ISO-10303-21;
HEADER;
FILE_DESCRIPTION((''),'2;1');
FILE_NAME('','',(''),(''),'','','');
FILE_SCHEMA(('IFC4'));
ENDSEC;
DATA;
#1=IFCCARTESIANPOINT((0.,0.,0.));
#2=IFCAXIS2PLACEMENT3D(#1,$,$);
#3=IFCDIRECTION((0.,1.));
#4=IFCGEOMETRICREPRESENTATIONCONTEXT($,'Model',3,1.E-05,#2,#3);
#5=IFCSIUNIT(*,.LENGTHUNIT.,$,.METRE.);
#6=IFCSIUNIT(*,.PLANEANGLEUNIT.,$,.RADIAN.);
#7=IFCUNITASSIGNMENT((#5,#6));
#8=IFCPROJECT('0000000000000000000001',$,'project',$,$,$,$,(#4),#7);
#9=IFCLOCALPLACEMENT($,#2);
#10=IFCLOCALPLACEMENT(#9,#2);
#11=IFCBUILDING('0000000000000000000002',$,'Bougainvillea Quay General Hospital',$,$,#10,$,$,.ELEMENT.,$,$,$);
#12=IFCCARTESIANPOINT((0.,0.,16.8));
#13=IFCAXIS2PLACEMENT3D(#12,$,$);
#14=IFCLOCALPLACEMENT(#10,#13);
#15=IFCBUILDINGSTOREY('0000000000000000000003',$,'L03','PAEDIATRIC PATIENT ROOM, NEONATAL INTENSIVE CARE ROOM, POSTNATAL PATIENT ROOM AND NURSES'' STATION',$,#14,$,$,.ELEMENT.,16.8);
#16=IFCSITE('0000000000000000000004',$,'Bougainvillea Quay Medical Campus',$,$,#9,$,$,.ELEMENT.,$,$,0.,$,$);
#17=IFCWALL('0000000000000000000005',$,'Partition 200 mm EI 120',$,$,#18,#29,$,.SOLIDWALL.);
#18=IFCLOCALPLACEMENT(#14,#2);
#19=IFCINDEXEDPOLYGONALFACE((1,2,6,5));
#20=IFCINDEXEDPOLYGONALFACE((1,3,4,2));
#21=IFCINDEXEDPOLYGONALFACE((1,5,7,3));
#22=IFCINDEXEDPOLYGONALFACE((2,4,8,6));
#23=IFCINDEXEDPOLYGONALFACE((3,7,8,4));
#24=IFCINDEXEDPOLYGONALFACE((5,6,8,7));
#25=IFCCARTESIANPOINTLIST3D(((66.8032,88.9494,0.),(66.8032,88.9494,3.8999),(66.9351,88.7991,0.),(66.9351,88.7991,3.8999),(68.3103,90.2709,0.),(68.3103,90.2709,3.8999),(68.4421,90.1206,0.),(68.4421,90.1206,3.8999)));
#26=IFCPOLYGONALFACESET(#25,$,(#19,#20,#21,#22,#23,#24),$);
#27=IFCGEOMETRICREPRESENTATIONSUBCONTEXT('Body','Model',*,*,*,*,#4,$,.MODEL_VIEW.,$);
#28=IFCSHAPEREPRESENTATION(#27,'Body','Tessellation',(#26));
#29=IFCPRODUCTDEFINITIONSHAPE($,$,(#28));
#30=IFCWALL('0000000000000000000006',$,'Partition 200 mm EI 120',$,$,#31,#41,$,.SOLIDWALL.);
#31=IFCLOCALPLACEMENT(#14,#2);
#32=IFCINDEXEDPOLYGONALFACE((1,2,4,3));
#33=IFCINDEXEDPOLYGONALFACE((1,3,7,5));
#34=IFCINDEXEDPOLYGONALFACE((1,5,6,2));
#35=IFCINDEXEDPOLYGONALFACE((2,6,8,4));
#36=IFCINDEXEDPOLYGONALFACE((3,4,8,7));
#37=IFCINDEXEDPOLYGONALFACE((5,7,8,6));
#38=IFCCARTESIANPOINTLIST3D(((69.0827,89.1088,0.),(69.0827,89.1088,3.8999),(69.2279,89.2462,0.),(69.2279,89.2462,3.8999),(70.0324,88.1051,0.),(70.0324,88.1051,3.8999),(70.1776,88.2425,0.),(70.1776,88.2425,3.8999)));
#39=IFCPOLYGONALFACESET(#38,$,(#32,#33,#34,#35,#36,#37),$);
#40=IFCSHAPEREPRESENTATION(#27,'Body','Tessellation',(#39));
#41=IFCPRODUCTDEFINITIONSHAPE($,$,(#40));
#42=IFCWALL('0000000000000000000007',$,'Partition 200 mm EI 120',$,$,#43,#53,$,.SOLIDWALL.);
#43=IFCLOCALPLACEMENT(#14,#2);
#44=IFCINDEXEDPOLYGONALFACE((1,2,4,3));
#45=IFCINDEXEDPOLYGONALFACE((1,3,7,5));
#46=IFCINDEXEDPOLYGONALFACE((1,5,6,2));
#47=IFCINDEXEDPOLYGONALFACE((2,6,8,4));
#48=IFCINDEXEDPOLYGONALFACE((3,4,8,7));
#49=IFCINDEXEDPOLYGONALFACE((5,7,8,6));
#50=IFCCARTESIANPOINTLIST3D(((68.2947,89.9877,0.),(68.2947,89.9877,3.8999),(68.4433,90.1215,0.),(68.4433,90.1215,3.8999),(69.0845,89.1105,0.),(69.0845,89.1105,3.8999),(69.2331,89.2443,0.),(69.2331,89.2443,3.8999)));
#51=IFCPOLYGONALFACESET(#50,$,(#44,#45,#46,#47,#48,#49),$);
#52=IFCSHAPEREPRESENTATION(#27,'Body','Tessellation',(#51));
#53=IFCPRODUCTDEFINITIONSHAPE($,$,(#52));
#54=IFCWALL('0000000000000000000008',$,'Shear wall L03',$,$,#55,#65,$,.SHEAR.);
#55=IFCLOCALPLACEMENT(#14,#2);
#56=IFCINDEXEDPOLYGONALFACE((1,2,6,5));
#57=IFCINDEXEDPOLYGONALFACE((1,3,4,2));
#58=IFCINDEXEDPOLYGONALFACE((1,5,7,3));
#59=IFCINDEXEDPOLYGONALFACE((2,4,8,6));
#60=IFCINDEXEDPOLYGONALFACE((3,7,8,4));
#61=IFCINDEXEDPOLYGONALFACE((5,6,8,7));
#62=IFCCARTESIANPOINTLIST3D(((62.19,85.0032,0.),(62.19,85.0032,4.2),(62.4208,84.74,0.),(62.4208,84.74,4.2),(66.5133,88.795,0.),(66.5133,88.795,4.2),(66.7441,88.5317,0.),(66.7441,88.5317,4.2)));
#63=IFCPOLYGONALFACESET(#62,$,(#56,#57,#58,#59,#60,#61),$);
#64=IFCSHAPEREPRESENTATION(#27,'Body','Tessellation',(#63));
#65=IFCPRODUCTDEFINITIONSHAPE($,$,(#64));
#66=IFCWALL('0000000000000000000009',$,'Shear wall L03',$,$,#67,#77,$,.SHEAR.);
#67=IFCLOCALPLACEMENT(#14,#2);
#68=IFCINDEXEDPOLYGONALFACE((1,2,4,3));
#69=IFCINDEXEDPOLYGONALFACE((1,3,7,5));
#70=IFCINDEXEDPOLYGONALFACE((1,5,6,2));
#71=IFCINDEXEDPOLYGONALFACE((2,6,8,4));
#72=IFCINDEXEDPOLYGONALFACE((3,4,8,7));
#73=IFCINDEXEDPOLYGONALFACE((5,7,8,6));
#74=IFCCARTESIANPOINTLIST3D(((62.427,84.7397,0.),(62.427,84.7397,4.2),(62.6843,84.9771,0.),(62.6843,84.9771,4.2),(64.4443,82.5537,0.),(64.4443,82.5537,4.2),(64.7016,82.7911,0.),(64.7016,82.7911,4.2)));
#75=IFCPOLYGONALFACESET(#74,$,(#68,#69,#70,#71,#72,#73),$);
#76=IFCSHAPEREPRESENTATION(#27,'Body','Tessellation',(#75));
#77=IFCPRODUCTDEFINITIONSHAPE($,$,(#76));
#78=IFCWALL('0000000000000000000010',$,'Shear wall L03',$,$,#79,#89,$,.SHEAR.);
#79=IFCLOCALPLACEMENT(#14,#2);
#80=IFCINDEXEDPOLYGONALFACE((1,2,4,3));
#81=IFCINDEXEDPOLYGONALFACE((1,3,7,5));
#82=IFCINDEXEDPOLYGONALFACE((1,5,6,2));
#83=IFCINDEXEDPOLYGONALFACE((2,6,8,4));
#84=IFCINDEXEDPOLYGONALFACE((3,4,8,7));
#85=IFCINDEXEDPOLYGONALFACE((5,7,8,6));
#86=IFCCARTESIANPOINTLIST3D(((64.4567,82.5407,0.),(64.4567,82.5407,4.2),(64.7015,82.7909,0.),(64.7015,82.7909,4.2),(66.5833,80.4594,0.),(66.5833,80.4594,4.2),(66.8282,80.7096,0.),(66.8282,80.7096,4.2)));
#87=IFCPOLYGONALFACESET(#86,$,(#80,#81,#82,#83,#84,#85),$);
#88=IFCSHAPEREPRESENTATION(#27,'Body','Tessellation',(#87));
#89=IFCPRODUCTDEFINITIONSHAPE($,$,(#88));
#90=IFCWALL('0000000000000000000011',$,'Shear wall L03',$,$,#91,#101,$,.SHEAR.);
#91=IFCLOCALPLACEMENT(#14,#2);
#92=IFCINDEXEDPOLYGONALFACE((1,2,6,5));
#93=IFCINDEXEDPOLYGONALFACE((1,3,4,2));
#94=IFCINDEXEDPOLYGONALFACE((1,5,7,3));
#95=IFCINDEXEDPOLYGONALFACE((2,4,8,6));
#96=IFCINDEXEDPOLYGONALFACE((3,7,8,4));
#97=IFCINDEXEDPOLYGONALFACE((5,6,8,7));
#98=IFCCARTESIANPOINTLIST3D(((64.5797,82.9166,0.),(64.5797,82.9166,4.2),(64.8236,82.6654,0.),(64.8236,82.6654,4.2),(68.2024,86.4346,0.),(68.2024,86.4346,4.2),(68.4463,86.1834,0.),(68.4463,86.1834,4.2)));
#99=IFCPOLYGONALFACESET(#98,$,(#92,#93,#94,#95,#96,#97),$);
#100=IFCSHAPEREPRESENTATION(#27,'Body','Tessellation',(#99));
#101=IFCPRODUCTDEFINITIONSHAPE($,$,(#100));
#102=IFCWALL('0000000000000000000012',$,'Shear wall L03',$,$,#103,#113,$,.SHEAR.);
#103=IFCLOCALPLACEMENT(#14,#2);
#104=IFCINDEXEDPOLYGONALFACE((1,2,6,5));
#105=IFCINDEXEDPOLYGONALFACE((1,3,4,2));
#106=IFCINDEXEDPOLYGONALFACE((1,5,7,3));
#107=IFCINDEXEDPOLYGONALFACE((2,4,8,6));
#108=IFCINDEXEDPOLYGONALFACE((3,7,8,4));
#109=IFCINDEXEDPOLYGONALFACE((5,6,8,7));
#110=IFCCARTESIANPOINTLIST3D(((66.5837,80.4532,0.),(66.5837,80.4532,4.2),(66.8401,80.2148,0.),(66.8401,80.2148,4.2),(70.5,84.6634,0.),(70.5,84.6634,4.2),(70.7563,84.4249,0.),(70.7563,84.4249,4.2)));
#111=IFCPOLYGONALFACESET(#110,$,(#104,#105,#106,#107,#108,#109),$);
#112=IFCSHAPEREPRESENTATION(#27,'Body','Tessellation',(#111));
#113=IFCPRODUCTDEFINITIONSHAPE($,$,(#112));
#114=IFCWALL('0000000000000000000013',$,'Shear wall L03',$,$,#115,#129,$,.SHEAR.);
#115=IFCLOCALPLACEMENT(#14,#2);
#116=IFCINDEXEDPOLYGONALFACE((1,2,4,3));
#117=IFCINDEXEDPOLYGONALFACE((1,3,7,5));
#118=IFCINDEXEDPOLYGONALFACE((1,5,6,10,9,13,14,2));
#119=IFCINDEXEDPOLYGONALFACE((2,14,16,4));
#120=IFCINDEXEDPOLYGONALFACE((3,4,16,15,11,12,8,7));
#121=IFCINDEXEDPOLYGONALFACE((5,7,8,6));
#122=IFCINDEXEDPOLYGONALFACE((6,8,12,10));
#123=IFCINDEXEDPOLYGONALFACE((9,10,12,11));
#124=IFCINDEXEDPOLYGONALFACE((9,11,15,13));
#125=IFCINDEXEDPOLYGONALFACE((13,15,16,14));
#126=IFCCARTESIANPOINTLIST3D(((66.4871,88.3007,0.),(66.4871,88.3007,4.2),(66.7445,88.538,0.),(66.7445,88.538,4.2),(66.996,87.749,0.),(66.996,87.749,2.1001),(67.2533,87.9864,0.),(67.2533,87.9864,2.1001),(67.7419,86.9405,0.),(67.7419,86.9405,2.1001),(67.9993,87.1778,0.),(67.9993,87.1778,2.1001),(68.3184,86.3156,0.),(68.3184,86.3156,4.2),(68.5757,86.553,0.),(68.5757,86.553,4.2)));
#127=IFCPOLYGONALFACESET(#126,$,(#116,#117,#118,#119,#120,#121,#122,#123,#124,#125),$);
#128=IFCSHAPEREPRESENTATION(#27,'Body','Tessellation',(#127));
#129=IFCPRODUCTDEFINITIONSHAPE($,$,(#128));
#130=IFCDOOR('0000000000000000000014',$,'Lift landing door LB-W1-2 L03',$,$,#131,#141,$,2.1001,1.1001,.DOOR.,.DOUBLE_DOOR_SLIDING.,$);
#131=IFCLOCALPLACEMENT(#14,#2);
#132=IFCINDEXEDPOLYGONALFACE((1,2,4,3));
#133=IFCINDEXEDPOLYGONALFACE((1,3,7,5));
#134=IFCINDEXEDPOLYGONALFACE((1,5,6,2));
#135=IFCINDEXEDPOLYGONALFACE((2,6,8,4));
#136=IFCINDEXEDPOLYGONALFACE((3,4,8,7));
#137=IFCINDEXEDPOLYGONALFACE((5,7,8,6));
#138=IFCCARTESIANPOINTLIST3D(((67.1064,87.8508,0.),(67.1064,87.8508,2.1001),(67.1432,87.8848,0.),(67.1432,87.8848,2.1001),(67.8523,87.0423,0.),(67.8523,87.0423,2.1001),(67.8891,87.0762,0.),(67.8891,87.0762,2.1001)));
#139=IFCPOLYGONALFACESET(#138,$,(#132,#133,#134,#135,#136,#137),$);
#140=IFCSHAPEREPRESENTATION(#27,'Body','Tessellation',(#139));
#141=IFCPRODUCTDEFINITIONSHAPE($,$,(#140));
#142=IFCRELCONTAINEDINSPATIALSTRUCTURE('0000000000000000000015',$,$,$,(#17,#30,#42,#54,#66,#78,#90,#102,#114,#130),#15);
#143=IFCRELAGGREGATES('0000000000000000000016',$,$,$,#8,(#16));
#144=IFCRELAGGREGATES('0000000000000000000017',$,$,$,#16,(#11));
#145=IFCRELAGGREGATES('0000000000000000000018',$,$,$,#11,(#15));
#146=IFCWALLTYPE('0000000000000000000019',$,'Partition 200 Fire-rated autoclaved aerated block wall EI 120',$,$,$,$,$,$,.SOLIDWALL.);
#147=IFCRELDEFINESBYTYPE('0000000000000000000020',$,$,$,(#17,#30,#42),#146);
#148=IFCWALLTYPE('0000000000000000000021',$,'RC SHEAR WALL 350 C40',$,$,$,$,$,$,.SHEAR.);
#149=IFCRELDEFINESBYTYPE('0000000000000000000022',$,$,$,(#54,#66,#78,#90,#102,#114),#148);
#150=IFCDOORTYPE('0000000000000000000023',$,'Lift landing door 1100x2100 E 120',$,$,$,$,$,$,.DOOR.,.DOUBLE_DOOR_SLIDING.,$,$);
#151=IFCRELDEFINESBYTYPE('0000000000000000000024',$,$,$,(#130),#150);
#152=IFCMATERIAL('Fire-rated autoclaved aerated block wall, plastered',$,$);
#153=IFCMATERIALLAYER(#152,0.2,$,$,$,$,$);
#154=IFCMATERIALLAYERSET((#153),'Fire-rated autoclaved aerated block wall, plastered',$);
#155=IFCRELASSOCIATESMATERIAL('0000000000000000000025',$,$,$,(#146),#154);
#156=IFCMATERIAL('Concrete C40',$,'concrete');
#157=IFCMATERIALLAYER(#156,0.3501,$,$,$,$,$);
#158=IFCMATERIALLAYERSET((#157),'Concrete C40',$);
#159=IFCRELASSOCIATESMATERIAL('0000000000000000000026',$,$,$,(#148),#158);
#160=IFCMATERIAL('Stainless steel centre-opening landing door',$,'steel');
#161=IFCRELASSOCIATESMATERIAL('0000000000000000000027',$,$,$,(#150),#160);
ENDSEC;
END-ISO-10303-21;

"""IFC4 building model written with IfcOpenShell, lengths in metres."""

from ifc_helpers import new_model, si_unit, direction, frame, frame_2d, origin, place, context, subcontext, project, spatial, rectangle, extrude, material, layer, layer_set, type_object, element, fill, save


model = new_model("IFC4")

# Units and contexts
model_context = context("Model", 3, precision=1e-05, world=origin(), true_north=direction((0.0, 1.0)))
body_context = subcontext(model_context, "Body", "Model", "MODEL_VIEW")
ifc_project = project(units=[si_unit("LENGTHUNIT", "METRE"), si_unit("PLANEANGLEUNIT", "RADIAN")], contexts=[model_context])

# Site, building, storey
site_placement = place(None, origin())
site = spatial("IfcSite", under=ifc_project, at=site_placement, Name="Bougainvillea Quay Medical Campus", CompositionType="ELEMENT", RefElevation=0.0)
building_placement = place(site_placement, origin())
building = spatial("IfcBuilding", under=site, at=building_placement, Name="Bougainvillea Quay General Hospital", CompositionType="ELEMENT")
storey_placement = place(building_placement, frame((0.0, 0.0, 16.8)))
storey = spatial("IfcBuildingStorey", under=building, at=storey_placement, Name="L03", Description="PAEDIATRIC PATIENT ROOM, NEONATAL INTENSIVE CARE ROOM, POSTNATAL PATIENT ROOM AND NURSES' STATION", CompositionType="ELEMENT", Elevation=16.8)

# Shared definitions
ifc_material_1 = material(Name="Concrete C40", Category="concrete")

# Walls
ifc_material_2 = material(Name="Fire-rated autoclaved aerated block wall, plastered")
ifc_layer_1 = layer(ifc_material_2, 0.2)
ifc_layer_set_1 = layer_set([ifc_layer_1], Name="Fire-rated autoclaved aerated block wall, plastered")
wall_type_1 = type_object("IfcWallType", Name="Partition 200 Fire-rated autoclaved aerated block wall EI 120", PredefinedType="SOLIDWALL", material=ifc_layer_set_1)
wall_1_placement = place(storey_placement, frame((66.8691, 88.8743, 0.0), z_axis=(0.0, 0.0, 1.0), x_axis=(0.751875, 0.659306, 0.0)))
element("IfcWall", 1, at=wall_1_placement, inside=storey, type_object=wall_type_1, Name="Partition 200 mm EI 120", PredefinedType="SOLIDWALL", context=body_context, shape_type="SweptSolid", body=[
    extrude(rectangle(XDim=2.0044, YDim=0.2, at=frame_2d((1.0022, 0.0))), origin(), (0.0, 0.0, 1.0), 3.8999),
])
wall_2_placement = place(storey_placement, frame((69.1553, 89.1775, 0.0), z_axis=(0.0, 0.0, 1.0), x_axis=(0.687313, -0.726361, 0.0)))
element("IfcWall", 2, at=wall_2_placement, inside=storey, type_object=wall_type_1, Name="Partition 200 mm EI 120", PredefinedType="SOLIDWALL", context=body_context, shape_type="SweptSolid", body=[
    extrude(rectangle(XDim=1.3818, YDim=0.2, at=frame_2d((0.6909, 0.0))), origin(), (0.0, 0.0, 1.0), 3.8999),
])
wall_3_placement = place(storey_placement, frame((68.3689, 90.0547, 0.0), z_axis=(0.0, 0.0, 1.0), x_axis=(0.669113, -0.74316, 0.0)))
element("IfcWall", 3, at=wall_3_placement, inside=storey, type_object=wall_type_1, Name="Partition 200 mm EI 120", PredefinedType="SOLIDWALL", context=body_context, shape_type="SweptSolid", body=[
    extrude(rectangle(XDim=1.1804, YDim=0.2, at=frame_2d((0.5903, 0.0))), origin(), (0.0, 0.0, 1.0), 3.8999),
])
ifc_layer_2 = layer(ifc_material_1, 0.3501)
ifc_layer_set_2 = layer_set([ifc_layer_2], Name="Concrete C40")
wall_type_2 = type_object("IfcWallType", Name="RC SHEAR WALL 350 C40", PredefinedType="SHEAR", material=ifc_layer_set_2)
wall_4_placement = place(storey_placement, frame((62.3054, 84.8716, 0.0), z_axis=(0.0, 0.0, 1.0), x_axis=(0.751808, 0.659382, 0.0)))
element("IfcWall", 4, at=wall_4_placement, inside=storey, type_object=wall_type_2, Name="Shear wall L03", PredefinedType="SHEAR", context=body_context, shape_type="SweptSolid", body=[
    extrude(rectangle(XDim=5.7505, YDim=0.3501, at=frame_2d((2.8752, 0.0))), origin(), (0.0, 0.0, 1.0), 4.2),
])
wall_5_placement = place(storey_placement, frame((62.5557, 84.8584, 0.0), z_axis=(0.0, 0.0, 1.0), x_axis=(0.678181, -0.734895, 0.0)))
element("IfcWall", 5, at=wall_5_placement, inside=storey, type_object=wall_type_2, Name="Shear wall L03", PredefinedType="SHEAR", context=body_context, shape_type="SweptSolid", body=[
    extrude(rectangle(XDim=2.9746, YDim=0.3501, at=frame_2d((1.4873, 0.0))), origin(), (0.0, 0.0, 1.0), 4.2),
])
wall_6_placement = place(storey_placement, frame((64.5791, 82.6658, 0.0), z_axis=(0.0, 0.0, 1.0), x_axis=(0.714696, -0.699435, 0.0)))
element("IfcWall", 6, at=wall_6_placement, inside=storey, type_object=wall_type_2, Name="Shear wall L03", PredefinedType="SHEAR", context=body_context, shape_type="SweptSolid", body=[
    extrude(rectangle(XDim=2.9756, YDim=0.3501, at=frame_2d((1.4878, 0.0))), origin(), (0.0, 0.0, 1.0), 4.2),
])
wall_7_placement = place(storey_placement, frame((64.7017, 82.791, 0.0), z_axis=(0.0, 0.0, 1.0), x_axis=(0.717401, 0.696661, 0.0)))
element("IfcWall", 7, at=wall_7_placement, inside=storey, type_object=wall_type_2, Name="Shear wall L03", PredefinedType="SHEAR", context=body_context, shape_type="SweptSolid", body=[
    extrude(rectangle(XDim=5.0498, YDim=0.3501, at=frame_2d((2.5249, 0.0))), origin(), (0.0, 0.0, 1.0), 4.2),
])
wall_8_placement = place(storey_placement, frame((66.7119, 80.334, 0.0), z_axis=(0.0, 0.0, 1.0), x_axis=(0.681084, 0.732205, 0.0)))
element("IfcWall", 8, at=wall_8_placement, inside=storey, type_object=wall_type_2, Name="Shear wall L03", PredefinedType="SHEAR", context=body_context, shape_type="SweptSolid", body=[
    extrude(rectangle(XDim=5.75, YDim=0.3501, at=frame_2d((2.875, 0.0))), origin(), (0.0, 0.0, 1.0), 4.2),
])

# Wall, opening, door
wall_9_placement = place(storey_placement, frame((68.447, 86.4343, 0.0), z_axis=(0.0, 0.0, 1.0), x_axis=(-0.678059, 0.735008, 0.0)))
wall_9 = element("IfcWall", 9, at=wall_9_placement, inside=storey, type_object=wall_type_2, Name="Shear wall L03", PredefinedType="SHEAR", context=body_context, shape_type="SweptSolid", body=[
    extrude(rectangle(XDim=2.7007, YDim=0.3501, at=frame_2d((1.3503, 0.0))), origin(), (0.0, 0.0, 1.0), 4.2),
])
opening_1_placement = place(wall_9_placement, frame((0.8501, 0.0, 0.0)))
opening_1 = element("IfcOpeningElement", 10, at=opening_1_placement, cuts=wall_9, PredefinedType="OPENING", context=body_context, shape_type="SweptSolid", body=[
    extrude(rectangle(XDim=1.1001, YDim=2.1001, at=frame_2d((0.55, 1.05))), frame((0.0, 0.1851, 0.0), z_axis=(0.0, -1.0, 0.0), x_axis=(1.0, 0.0, 0.0)), (0.0, 0.0, 1.0), 0.3701),
])
ifc_material_3 = material(Name="Stainless steel centre-opening landing door", Category="steel")
door_type_1 = type_object("IfcDoorType", Name="Lift landing door 1100x2100 E 120", OperationType="DOUBLE_DOOR_SLIDING", PredefinedType="DOOR", material=ifc_material_3)
door_1_placement = place(opening_1_placement, origin())
door_1 = element("IfcDoor", 11, at=door_1_placement, inside=storey, type_object=door_type_1, Name="Lift landing door LB-W1-2 L03", OperationType="DOUBLE_DOOR_SLIDING", OverallHeight=2.1001, OverallWidth=1.1001, PredefinedType="DOOR", context=body_context, shape_type="SweptSolid", body=[
    extrude(rectangle(XDim=1.1001, YDim=2.1001, at=frame_2d((0.55, 1.05))), frame((0.0, 0.0249, 0.0), z_axis=(0.0, -1.0, 0.0), x_axis=(1.0, 0.0, 0.0)), (0.0, 0.0, 1.0), 0.05),
])
fill(opening_1, door_1)

save(model, "model.ifc")
